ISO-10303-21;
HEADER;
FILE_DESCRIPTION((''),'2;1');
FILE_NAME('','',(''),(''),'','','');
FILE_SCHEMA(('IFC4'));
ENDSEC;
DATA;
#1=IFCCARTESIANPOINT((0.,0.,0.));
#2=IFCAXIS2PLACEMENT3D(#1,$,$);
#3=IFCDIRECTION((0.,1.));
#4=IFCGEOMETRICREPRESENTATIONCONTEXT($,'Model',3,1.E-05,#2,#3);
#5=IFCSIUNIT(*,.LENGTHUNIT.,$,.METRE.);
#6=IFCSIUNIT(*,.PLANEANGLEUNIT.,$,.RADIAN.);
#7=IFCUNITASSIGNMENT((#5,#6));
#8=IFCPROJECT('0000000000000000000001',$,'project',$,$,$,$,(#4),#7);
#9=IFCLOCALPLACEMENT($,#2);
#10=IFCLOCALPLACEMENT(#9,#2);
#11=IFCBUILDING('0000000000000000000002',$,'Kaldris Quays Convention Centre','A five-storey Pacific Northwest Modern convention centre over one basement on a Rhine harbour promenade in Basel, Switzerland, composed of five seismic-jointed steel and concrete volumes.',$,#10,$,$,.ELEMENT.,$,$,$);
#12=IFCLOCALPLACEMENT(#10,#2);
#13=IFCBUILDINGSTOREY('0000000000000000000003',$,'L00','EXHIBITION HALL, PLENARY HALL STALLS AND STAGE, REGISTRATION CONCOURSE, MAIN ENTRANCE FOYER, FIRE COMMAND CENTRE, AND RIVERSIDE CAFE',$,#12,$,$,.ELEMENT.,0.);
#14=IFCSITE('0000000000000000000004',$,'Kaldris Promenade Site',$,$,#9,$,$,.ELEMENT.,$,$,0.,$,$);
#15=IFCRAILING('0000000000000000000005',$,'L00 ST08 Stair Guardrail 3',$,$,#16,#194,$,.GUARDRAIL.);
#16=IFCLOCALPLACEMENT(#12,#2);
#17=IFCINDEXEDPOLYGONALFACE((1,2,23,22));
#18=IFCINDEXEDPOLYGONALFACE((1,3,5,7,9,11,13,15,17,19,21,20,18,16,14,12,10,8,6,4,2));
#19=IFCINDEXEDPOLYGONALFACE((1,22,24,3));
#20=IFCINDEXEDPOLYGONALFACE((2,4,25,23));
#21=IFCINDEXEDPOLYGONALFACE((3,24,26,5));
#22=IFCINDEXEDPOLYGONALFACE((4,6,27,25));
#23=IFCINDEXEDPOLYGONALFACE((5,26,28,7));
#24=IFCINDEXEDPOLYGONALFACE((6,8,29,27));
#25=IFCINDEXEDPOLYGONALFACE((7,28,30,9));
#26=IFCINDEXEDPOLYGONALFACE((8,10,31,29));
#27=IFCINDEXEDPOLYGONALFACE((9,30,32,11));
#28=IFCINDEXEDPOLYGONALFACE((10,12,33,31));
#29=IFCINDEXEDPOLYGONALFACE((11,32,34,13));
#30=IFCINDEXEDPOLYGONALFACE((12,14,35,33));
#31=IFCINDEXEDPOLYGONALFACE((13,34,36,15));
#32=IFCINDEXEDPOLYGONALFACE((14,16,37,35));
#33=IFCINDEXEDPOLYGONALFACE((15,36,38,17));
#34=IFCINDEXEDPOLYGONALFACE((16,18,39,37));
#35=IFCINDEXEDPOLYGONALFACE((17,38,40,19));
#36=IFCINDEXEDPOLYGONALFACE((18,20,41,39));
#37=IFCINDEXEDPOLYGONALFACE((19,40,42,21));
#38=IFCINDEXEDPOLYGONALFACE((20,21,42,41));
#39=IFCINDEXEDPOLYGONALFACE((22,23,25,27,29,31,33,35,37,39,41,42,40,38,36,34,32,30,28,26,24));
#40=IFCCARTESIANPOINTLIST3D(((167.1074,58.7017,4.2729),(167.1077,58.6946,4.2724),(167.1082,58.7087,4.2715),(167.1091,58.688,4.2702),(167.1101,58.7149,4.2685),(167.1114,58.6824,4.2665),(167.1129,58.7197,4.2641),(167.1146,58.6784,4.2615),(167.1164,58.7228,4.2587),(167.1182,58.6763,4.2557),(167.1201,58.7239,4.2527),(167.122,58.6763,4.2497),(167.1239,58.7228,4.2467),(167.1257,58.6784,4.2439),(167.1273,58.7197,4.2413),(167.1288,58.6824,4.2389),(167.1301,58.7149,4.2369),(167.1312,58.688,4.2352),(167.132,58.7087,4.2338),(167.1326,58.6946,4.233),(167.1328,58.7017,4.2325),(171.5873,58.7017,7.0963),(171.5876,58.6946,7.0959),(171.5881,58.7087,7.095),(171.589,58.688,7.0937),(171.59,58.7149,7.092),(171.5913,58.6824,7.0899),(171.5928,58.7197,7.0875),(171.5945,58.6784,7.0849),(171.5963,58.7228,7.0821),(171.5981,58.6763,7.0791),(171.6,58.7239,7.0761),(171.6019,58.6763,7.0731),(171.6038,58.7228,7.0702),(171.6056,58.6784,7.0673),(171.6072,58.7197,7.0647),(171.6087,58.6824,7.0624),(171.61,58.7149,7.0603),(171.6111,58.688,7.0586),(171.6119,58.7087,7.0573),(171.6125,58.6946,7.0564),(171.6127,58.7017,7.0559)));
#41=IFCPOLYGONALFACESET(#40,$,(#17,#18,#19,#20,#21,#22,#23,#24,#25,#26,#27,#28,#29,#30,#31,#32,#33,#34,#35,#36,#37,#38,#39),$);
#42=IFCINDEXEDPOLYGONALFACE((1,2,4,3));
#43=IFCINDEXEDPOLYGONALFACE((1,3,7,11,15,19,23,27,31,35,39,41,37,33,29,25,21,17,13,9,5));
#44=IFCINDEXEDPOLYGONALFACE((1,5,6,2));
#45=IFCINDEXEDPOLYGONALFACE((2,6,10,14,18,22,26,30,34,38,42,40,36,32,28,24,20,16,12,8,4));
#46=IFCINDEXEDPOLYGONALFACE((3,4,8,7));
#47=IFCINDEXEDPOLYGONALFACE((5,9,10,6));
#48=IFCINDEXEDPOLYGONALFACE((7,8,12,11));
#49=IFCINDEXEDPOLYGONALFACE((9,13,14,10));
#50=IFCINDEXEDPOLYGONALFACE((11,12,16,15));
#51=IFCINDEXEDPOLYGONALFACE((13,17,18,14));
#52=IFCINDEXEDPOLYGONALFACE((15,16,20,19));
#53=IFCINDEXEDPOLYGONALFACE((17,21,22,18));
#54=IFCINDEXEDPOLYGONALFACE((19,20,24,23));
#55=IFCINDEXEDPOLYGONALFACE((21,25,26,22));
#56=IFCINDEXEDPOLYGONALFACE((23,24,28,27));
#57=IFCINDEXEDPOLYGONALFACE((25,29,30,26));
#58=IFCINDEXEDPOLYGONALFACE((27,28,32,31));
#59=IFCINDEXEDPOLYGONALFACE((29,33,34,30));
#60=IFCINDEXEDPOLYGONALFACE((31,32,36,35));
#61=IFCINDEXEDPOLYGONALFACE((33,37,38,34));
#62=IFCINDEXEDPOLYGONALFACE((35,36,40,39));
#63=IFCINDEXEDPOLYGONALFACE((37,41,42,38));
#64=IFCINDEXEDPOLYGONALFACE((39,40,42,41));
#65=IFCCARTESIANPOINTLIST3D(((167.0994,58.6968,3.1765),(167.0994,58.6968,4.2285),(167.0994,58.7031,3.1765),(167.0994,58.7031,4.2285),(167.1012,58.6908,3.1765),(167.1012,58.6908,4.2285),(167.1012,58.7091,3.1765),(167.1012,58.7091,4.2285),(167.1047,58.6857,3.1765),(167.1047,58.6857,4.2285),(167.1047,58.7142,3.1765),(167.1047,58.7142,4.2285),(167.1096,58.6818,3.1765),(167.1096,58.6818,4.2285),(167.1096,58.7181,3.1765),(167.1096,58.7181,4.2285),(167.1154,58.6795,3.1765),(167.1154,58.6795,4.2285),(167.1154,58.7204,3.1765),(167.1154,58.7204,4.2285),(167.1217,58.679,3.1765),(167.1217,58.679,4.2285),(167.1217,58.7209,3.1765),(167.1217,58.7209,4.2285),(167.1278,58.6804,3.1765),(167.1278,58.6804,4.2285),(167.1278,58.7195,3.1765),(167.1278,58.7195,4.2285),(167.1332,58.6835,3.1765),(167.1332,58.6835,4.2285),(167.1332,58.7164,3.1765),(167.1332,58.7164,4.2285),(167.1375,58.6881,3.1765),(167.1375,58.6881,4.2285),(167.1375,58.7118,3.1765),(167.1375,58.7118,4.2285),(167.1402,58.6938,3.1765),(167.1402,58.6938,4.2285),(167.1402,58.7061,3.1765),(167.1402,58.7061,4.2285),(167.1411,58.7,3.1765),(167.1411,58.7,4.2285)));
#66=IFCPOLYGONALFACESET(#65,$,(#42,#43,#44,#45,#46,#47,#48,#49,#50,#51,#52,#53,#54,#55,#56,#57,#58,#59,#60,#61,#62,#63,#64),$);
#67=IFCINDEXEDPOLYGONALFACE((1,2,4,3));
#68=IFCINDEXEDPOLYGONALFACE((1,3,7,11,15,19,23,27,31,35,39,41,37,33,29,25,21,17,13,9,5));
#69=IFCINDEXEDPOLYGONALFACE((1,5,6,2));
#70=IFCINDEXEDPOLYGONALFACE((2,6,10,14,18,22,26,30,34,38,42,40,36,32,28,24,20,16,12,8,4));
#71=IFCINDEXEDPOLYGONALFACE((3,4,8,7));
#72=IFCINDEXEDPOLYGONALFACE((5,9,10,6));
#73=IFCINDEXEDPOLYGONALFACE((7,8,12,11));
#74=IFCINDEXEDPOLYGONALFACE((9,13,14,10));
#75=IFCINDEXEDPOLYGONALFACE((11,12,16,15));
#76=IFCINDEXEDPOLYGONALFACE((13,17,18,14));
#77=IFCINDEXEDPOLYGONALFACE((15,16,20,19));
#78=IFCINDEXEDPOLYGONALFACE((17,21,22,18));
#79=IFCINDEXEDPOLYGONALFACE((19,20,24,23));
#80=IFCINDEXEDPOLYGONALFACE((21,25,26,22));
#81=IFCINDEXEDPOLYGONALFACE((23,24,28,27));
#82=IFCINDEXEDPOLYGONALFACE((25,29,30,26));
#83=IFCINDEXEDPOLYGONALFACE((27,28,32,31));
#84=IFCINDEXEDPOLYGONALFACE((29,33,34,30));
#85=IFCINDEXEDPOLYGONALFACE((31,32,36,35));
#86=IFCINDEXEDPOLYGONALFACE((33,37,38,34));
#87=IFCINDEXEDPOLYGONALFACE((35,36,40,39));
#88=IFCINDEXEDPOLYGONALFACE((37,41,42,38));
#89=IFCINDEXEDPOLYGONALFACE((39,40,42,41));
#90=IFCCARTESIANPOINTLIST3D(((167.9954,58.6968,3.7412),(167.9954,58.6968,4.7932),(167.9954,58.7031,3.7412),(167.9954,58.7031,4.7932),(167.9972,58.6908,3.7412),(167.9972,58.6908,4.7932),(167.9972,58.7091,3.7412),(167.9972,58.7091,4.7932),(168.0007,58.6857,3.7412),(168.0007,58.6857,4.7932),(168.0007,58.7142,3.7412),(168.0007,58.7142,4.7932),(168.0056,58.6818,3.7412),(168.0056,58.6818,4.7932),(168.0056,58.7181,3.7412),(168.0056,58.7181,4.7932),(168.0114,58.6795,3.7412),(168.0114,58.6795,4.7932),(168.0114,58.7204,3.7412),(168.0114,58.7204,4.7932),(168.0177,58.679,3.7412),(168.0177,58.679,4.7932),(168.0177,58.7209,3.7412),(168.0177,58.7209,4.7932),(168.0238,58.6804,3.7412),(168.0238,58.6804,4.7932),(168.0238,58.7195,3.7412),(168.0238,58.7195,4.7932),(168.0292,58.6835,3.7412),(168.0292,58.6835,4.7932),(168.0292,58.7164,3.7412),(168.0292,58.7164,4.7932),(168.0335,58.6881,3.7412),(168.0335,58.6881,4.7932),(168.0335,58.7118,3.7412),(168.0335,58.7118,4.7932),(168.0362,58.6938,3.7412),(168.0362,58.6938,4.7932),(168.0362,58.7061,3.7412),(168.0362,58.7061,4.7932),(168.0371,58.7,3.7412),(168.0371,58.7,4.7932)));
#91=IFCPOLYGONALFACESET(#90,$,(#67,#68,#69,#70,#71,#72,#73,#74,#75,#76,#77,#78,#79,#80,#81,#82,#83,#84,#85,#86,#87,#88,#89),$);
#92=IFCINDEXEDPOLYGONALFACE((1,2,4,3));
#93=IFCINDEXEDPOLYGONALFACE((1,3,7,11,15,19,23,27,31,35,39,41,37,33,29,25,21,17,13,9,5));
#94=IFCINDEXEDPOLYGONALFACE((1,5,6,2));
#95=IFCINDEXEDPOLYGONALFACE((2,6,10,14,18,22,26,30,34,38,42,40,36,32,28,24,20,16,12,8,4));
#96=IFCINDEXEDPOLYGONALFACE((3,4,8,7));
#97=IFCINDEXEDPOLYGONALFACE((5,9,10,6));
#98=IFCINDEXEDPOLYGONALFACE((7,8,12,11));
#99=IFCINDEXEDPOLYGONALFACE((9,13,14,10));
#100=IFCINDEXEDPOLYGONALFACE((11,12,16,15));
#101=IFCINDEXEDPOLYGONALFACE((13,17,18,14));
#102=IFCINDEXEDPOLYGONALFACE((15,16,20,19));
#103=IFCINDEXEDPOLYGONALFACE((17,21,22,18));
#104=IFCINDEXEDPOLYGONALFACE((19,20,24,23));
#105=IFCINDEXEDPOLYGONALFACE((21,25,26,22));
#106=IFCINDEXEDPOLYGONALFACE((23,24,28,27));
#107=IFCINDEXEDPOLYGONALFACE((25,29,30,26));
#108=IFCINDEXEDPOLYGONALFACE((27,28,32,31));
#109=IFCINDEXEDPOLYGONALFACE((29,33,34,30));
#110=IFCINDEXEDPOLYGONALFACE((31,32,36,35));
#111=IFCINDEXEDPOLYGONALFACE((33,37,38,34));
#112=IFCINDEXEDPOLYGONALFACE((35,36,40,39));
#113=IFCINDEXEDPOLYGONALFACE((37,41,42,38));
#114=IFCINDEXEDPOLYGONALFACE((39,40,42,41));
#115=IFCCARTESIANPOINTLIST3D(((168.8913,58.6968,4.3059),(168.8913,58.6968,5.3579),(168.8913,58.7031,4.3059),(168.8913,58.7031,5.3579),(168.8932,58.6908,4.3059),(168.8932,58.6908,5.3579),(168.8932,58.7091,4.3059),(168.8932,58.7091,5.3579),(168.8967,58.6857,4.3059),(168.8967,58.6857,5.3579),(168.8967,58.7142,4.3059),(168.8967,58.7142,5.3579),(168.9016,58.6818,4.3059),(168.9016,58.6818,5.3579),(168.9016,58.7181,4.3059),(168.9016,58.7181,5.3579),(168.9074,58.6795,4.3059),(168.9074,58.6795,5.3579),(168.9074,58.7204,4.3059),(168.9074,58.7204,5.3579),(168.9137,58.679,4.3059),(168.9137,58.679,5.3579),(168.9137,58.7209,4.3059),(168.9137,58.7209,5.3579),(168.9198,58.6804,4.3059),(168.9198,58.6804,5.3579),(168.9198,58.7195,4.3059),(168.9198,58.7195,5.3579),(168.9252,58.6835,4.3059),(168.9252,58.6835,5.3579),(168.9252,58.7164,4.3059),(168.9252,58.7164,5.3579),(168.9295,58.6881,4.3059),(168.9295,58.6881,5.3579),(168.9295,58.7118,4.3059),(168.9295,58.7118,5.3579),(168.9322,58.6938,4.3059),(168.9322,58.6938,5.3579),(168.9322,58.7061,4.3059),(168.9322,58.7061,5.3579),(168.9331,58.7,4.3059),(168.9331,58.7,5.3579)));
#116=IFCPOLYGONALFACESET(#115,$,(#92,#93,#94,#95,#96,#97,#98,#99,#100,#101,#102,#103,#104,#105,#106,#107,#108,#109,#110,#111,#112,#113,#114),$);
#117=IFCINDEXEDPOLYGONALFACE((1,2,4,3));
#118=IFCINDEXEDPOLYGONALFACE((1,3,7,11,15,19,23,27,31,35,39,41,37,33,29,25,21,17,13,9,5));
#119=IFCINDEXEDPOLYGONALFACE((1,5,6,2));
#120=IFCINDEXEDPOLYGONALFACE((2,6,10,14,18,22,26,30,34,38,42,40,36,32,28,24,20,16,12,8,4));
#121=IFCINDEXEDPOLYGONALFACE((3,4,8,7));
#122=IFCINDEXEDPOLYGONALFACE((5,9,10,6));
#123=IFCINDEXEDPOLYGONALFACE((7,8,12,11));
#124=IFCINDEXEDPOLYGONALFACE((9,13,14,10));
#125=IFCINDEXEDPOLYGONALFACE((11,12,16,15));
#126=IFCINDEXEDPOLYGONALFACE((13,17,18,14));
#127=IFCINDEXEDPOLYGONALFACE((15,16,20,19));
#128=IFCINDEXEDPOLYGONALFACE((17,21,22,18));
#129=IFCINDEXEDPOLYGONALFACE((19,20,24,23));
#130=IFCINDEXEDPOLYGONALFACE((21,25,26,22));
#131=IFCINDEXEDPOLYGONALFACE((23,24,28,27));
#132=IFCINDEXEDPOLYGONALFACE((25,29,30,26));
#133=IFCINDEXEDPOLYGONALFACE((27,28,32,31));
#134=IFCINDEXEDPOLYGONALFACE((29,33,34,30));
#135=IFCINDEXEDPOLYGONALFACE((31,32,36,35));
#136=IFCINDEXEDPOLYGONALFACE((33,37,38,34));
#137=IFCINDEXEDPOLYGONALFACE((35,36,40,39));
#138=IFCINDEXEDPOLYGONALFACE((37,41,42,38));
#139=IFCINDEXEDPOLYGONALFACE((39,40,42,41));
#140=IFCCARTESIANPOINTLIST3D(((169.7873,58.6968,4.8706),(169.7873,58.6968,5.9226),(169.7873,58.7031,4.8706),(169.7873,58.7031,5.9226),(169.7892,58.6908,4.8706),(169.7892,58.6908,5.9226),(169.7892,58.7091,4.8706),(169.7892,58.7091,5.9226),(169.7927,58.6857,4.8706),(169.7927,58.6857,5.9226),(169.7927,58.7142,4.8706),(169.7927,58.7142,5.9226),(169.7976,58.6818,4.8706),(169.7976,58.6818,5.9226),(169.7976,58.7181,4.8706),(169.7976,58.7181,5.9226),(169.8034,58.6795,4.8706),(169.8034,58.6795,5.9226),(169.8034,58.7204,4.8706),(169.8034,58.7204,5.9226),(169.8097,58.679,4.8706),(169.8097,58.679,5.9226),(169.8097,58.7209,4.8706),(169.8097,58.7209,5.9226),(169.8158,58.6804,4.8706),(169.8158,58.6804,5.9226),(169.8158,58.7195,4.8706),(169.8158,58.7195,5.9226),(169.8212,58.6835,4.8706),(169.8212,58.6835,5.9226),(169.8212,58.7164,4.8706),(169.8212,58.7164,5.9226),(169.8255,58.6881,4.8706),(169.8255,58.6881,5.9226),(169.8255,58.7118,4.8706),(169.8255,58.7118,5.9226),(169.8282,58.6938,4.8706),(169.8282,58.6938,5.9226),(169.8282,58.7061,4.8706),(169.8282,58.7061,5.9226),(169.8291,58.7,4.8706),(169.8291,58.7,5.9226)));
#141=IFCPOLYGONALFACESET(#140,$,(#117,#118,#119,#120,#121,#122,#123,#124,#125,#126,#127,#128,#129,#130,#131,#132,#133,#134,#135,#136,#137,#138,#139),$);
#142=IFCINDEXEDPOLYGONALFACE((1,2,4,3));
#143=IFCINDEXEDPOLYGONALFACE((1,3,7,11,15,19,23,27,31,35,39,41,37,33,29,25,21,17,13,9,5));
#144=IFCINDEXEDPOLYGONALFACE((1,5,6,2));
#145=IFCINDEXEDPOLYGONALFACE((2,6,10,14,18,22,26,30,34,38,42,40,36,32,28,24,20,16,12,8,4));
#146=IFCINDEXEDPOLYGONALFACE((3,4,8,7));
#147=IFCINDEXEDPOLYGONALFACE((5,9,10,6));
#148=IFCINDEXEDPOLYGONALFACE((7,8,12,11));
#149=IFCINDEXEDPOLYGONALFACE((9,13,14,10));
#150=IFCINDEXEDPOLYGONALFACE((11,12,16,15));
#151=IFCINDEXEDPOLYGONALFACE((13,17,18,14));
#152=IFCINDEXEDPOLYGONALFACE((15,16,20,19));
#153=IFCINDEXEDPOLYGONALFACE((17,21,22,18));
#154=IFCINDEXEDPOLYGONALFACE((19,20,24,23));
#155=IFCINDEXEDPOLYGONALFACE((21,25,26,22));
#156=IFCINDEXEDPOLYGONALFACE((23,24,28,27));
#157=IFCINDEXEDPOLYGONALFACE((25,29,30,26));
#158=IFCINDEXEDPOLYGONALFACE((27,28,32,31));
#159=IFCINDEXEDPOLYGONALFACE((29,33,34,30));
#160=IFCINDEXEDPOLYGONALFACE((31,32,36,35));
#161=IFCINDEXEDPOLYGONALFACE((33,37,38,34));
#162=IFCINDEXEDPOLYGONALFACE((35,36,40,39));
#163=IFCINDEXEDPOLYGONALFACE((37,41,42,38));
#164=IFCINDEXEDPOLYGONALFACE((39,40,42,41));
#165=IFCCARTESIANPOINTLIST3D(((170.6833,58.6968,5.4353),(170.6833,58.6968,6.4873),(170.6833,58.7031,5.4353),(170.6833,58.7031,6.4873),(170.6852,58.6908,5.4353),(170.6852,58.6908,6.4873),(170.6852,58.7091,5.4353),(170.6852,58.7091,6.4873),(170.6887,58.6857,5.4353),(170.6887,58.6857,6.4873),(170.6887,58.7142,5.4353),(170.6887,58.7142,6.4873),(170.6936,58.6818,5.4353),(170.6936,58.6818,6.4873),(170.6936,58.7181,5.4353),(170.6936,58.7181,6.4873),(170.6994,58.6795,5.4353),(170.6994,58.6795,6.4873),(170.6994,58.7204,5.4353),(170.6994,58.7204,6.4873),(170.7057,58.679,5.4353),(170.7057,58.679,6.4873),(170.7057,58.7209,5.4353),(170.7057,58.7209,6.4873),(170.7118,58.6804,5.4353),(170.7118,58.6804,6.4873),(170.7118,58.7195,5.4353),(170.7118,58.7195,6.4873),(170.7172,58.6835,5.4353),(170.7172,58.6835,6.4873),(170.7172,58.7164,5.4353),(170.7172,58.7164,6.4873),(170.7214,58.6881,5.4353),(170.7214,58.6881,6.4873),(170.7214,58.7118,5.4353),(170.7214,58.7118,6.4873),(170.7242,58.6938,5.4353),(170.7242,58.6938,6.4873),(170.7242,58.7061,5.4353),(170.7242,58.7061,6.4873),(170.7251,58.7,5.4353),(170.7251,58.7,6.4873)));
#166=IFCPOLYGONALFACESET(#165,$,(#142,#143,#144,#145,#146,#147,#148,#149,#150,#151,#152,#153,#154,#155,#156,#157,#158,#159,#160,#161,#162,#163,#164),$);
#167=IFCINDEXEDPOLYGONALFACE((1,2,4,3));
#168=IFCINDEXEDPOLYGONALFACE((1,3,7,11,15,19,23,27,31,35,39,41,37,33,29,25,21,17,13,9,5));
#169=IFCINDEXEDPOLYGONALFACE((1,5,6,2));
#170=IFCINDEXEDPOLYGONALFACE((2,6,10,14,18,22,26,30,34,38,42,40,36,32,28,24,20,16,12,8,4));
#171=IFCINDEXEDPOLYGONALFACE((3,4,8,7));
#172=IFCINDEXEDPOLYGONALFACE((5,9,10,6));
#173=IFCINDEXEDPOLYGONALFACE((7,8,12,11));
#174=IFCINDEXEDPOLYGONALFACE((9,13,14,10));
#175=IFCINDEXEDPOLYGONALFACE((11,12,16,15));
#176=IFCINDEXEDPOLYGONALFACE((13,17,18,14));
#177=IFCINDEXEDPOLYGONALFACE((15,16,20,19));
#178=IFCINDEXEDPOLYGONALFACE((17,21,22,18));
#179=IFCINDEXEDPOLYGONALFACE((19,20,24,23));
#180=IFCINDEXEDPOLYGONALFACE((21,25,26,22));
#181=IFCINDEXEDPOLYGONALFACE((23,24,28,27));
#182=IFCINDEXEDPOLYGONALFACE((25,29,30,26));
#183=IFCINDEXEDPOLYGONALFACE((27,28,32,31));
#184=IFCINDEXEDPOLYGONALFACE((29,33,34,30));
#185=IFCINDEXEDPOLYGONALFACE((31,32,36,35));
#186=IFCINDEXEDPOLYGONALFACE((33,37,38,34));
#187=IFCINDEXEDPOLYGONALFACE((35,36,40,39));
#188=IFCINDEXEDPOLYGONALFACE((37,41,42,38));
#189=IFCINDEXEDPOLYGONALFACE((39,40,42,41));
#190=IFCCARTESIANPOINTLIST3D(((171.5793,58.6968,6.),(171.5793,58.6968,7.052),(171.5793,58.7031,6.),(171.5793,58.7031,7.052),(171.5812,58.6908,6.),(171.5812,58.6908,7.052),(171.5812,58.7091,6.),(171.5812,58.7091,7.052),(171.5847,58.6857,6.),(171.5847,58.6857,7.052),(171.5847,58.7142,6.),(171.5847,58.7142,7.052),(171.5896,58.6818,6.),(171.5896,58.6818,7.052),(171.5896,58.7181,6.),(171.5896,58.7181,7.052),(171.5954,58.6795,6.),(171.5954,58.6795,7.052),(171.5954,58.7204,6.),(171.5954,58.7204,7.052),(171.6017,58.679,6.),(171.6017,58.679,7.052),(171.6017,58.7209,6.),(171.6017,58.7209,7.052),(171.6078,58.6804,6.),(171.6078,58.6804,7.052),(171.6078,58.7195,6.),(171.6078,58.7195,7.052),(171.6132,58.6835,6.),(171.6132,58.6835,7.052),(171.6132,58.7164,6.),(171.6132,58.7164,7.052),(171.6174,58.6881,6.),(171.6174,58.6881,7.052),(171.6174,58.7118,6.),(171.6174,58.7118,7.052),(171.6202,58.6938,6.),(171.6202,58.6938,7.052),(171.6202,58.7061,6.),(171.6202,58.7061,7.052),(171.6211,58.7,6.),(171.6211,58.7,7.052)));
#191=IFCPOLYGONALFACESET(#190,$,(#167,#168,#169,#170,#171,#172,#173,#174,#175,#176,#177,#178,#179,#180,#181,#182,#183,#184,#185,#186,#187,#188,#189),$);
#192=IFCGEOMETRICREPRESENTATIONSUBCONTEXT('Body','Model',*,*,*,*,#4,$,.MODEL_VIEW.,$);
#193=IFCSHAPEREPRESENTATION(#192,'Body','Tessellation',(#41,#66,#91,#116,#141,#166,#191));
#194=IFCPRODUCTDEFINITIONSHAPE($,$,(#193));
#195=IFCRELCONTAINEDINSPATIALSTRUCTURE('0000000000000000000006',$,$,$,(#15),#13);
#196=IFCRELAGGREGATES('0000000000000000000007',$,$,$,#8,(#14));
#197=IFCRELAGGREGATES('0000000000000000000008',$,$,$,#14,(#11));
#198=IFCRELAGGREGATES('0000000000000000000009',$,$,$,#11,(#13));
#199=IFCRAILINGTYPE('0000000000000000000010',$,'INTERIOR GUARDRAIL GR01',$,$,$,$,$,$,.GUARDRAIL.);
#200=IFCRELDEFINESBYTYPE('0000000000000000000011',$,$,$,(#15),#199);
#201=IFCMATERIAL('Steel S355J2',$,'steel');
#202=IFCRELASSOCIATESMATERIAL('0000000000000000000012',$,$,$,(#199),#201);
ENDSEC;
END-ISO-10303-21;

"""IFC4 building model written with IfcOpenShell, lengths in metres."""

from ifc_helpers import new_model, si_unit, direction, frame, origin, origin_2d, place, context, subcontext, project, spatial, circle, extrude, material, type_object, element, save


model = new_model("IFC4")

# Units and contexts
model_context = context("Model", 3, precision=1e-05, world=origin(), true_north=direction((0.0, 1.0)))
body_context = subcontext(model_context, "Body", "Model", "MODEL_VIEW")
ifc_project = project(units=[si_unit("LENGTHUNIT", "METRE"), si_unit("PLANEANGLEUNIT", "RADIAN")], contexts=[model_context])

# Site, building, storey
site_placement = place(None, origin())
site = spatial("IfcSite", under=ifc_project, at=site_placement, Name="Kaldris Promenade Site", CompositionType="ELEMENT", RefElevation=0.0)
building_placement = place(site_placement, origin())
building = spatial("IfcBuilding", under=site, at=building_placement, Name="Kaldris Quays Convention Centre", Description="A five-storey Pacific Northwest Modern convention centre over one basement on a Rhine harbour promenade in Basel, Switzerland, composed of five seismic-jointed steel and concrete volumes.", CompositionType="ELEMENT")
storey_placement = place(building_placement, origin())
storey = spatial("IfcBuildingStorey", under=building, at=storey_placement, Name="L00", Description="EXHIBITION HALL, PLENARY HALL STALLS AND STAGE, REGISTRATION CONCOURSE, MAIN ENTRANCE FOYER, FIRE COMMAND CENTRE, AND RIVERSIDE CAFE", CompositionType="ELEMENT", Elevation=0.0)

# Shared definitions
ifc_material_1 = material(Name="Steel S355J2", Category="steel")

# Railing
railing_type_1 = type_object("IfcRailingType", Name="INTERIOR GUARDRAIL GR01", PredefinedType="GUARDRAIL", material=ifc_material_1)
railing_1_placement = place(storey_placement, frame((167.1201, 58.7, 3.1765)))
element("IfcRailing", 1, at=railing_1_placement, inside=storey, type_object=railing_type_1, Name="L00 ST08 Stair Guardrail 3", PredefinedType="GUARDRAIL", context=body_context, shape_type="SweptSolid", body=[
    extrude(circle(Radius=0.0239, at=origin_2d()), frame((0.0, 0.0, 1.0762), z_axis=(0.845998, 0.0, 0.533186), x_axis=(0.0, 1.0, 0.0)), (0.0, 0.0, 1.0), 5.2954),
    extrude(circle(Radius=0.021, at=origin_2d()), origin(), (0.0, 0.0, 1.0), 1.052),
    extrude(circle(Radius=0.021, at=origin_2d()), frame((0.896, 0.0, 0.5647)), (0.0, 0.0, 1.0), 1.052),
    extrude(circle(Radius=0.021, at=origin_2d()), frame((1.792, 0.0, 1.1294)), (0.0, 0.0, 1.0), 1.052),
    extrude(circle(Radius=0.021, at=origin_2d()), frame((2.688, 0.0, 1.6941)), (0.0, 0.0, 1.0), 1.052),
    extrude(circle(Radius=0.021, at=origin_2d()), frame((3.584, 0.0, 2.2588)), (0.0, 0.0, 1.0), 1.052),
    extrude(circle(Radius=0.021, at=origin_2d()), frame((4.48, 0.0, 2.8235)), (0.0, 0.0, 1.0), 1.052),
])

save(model, "model.ifc")
